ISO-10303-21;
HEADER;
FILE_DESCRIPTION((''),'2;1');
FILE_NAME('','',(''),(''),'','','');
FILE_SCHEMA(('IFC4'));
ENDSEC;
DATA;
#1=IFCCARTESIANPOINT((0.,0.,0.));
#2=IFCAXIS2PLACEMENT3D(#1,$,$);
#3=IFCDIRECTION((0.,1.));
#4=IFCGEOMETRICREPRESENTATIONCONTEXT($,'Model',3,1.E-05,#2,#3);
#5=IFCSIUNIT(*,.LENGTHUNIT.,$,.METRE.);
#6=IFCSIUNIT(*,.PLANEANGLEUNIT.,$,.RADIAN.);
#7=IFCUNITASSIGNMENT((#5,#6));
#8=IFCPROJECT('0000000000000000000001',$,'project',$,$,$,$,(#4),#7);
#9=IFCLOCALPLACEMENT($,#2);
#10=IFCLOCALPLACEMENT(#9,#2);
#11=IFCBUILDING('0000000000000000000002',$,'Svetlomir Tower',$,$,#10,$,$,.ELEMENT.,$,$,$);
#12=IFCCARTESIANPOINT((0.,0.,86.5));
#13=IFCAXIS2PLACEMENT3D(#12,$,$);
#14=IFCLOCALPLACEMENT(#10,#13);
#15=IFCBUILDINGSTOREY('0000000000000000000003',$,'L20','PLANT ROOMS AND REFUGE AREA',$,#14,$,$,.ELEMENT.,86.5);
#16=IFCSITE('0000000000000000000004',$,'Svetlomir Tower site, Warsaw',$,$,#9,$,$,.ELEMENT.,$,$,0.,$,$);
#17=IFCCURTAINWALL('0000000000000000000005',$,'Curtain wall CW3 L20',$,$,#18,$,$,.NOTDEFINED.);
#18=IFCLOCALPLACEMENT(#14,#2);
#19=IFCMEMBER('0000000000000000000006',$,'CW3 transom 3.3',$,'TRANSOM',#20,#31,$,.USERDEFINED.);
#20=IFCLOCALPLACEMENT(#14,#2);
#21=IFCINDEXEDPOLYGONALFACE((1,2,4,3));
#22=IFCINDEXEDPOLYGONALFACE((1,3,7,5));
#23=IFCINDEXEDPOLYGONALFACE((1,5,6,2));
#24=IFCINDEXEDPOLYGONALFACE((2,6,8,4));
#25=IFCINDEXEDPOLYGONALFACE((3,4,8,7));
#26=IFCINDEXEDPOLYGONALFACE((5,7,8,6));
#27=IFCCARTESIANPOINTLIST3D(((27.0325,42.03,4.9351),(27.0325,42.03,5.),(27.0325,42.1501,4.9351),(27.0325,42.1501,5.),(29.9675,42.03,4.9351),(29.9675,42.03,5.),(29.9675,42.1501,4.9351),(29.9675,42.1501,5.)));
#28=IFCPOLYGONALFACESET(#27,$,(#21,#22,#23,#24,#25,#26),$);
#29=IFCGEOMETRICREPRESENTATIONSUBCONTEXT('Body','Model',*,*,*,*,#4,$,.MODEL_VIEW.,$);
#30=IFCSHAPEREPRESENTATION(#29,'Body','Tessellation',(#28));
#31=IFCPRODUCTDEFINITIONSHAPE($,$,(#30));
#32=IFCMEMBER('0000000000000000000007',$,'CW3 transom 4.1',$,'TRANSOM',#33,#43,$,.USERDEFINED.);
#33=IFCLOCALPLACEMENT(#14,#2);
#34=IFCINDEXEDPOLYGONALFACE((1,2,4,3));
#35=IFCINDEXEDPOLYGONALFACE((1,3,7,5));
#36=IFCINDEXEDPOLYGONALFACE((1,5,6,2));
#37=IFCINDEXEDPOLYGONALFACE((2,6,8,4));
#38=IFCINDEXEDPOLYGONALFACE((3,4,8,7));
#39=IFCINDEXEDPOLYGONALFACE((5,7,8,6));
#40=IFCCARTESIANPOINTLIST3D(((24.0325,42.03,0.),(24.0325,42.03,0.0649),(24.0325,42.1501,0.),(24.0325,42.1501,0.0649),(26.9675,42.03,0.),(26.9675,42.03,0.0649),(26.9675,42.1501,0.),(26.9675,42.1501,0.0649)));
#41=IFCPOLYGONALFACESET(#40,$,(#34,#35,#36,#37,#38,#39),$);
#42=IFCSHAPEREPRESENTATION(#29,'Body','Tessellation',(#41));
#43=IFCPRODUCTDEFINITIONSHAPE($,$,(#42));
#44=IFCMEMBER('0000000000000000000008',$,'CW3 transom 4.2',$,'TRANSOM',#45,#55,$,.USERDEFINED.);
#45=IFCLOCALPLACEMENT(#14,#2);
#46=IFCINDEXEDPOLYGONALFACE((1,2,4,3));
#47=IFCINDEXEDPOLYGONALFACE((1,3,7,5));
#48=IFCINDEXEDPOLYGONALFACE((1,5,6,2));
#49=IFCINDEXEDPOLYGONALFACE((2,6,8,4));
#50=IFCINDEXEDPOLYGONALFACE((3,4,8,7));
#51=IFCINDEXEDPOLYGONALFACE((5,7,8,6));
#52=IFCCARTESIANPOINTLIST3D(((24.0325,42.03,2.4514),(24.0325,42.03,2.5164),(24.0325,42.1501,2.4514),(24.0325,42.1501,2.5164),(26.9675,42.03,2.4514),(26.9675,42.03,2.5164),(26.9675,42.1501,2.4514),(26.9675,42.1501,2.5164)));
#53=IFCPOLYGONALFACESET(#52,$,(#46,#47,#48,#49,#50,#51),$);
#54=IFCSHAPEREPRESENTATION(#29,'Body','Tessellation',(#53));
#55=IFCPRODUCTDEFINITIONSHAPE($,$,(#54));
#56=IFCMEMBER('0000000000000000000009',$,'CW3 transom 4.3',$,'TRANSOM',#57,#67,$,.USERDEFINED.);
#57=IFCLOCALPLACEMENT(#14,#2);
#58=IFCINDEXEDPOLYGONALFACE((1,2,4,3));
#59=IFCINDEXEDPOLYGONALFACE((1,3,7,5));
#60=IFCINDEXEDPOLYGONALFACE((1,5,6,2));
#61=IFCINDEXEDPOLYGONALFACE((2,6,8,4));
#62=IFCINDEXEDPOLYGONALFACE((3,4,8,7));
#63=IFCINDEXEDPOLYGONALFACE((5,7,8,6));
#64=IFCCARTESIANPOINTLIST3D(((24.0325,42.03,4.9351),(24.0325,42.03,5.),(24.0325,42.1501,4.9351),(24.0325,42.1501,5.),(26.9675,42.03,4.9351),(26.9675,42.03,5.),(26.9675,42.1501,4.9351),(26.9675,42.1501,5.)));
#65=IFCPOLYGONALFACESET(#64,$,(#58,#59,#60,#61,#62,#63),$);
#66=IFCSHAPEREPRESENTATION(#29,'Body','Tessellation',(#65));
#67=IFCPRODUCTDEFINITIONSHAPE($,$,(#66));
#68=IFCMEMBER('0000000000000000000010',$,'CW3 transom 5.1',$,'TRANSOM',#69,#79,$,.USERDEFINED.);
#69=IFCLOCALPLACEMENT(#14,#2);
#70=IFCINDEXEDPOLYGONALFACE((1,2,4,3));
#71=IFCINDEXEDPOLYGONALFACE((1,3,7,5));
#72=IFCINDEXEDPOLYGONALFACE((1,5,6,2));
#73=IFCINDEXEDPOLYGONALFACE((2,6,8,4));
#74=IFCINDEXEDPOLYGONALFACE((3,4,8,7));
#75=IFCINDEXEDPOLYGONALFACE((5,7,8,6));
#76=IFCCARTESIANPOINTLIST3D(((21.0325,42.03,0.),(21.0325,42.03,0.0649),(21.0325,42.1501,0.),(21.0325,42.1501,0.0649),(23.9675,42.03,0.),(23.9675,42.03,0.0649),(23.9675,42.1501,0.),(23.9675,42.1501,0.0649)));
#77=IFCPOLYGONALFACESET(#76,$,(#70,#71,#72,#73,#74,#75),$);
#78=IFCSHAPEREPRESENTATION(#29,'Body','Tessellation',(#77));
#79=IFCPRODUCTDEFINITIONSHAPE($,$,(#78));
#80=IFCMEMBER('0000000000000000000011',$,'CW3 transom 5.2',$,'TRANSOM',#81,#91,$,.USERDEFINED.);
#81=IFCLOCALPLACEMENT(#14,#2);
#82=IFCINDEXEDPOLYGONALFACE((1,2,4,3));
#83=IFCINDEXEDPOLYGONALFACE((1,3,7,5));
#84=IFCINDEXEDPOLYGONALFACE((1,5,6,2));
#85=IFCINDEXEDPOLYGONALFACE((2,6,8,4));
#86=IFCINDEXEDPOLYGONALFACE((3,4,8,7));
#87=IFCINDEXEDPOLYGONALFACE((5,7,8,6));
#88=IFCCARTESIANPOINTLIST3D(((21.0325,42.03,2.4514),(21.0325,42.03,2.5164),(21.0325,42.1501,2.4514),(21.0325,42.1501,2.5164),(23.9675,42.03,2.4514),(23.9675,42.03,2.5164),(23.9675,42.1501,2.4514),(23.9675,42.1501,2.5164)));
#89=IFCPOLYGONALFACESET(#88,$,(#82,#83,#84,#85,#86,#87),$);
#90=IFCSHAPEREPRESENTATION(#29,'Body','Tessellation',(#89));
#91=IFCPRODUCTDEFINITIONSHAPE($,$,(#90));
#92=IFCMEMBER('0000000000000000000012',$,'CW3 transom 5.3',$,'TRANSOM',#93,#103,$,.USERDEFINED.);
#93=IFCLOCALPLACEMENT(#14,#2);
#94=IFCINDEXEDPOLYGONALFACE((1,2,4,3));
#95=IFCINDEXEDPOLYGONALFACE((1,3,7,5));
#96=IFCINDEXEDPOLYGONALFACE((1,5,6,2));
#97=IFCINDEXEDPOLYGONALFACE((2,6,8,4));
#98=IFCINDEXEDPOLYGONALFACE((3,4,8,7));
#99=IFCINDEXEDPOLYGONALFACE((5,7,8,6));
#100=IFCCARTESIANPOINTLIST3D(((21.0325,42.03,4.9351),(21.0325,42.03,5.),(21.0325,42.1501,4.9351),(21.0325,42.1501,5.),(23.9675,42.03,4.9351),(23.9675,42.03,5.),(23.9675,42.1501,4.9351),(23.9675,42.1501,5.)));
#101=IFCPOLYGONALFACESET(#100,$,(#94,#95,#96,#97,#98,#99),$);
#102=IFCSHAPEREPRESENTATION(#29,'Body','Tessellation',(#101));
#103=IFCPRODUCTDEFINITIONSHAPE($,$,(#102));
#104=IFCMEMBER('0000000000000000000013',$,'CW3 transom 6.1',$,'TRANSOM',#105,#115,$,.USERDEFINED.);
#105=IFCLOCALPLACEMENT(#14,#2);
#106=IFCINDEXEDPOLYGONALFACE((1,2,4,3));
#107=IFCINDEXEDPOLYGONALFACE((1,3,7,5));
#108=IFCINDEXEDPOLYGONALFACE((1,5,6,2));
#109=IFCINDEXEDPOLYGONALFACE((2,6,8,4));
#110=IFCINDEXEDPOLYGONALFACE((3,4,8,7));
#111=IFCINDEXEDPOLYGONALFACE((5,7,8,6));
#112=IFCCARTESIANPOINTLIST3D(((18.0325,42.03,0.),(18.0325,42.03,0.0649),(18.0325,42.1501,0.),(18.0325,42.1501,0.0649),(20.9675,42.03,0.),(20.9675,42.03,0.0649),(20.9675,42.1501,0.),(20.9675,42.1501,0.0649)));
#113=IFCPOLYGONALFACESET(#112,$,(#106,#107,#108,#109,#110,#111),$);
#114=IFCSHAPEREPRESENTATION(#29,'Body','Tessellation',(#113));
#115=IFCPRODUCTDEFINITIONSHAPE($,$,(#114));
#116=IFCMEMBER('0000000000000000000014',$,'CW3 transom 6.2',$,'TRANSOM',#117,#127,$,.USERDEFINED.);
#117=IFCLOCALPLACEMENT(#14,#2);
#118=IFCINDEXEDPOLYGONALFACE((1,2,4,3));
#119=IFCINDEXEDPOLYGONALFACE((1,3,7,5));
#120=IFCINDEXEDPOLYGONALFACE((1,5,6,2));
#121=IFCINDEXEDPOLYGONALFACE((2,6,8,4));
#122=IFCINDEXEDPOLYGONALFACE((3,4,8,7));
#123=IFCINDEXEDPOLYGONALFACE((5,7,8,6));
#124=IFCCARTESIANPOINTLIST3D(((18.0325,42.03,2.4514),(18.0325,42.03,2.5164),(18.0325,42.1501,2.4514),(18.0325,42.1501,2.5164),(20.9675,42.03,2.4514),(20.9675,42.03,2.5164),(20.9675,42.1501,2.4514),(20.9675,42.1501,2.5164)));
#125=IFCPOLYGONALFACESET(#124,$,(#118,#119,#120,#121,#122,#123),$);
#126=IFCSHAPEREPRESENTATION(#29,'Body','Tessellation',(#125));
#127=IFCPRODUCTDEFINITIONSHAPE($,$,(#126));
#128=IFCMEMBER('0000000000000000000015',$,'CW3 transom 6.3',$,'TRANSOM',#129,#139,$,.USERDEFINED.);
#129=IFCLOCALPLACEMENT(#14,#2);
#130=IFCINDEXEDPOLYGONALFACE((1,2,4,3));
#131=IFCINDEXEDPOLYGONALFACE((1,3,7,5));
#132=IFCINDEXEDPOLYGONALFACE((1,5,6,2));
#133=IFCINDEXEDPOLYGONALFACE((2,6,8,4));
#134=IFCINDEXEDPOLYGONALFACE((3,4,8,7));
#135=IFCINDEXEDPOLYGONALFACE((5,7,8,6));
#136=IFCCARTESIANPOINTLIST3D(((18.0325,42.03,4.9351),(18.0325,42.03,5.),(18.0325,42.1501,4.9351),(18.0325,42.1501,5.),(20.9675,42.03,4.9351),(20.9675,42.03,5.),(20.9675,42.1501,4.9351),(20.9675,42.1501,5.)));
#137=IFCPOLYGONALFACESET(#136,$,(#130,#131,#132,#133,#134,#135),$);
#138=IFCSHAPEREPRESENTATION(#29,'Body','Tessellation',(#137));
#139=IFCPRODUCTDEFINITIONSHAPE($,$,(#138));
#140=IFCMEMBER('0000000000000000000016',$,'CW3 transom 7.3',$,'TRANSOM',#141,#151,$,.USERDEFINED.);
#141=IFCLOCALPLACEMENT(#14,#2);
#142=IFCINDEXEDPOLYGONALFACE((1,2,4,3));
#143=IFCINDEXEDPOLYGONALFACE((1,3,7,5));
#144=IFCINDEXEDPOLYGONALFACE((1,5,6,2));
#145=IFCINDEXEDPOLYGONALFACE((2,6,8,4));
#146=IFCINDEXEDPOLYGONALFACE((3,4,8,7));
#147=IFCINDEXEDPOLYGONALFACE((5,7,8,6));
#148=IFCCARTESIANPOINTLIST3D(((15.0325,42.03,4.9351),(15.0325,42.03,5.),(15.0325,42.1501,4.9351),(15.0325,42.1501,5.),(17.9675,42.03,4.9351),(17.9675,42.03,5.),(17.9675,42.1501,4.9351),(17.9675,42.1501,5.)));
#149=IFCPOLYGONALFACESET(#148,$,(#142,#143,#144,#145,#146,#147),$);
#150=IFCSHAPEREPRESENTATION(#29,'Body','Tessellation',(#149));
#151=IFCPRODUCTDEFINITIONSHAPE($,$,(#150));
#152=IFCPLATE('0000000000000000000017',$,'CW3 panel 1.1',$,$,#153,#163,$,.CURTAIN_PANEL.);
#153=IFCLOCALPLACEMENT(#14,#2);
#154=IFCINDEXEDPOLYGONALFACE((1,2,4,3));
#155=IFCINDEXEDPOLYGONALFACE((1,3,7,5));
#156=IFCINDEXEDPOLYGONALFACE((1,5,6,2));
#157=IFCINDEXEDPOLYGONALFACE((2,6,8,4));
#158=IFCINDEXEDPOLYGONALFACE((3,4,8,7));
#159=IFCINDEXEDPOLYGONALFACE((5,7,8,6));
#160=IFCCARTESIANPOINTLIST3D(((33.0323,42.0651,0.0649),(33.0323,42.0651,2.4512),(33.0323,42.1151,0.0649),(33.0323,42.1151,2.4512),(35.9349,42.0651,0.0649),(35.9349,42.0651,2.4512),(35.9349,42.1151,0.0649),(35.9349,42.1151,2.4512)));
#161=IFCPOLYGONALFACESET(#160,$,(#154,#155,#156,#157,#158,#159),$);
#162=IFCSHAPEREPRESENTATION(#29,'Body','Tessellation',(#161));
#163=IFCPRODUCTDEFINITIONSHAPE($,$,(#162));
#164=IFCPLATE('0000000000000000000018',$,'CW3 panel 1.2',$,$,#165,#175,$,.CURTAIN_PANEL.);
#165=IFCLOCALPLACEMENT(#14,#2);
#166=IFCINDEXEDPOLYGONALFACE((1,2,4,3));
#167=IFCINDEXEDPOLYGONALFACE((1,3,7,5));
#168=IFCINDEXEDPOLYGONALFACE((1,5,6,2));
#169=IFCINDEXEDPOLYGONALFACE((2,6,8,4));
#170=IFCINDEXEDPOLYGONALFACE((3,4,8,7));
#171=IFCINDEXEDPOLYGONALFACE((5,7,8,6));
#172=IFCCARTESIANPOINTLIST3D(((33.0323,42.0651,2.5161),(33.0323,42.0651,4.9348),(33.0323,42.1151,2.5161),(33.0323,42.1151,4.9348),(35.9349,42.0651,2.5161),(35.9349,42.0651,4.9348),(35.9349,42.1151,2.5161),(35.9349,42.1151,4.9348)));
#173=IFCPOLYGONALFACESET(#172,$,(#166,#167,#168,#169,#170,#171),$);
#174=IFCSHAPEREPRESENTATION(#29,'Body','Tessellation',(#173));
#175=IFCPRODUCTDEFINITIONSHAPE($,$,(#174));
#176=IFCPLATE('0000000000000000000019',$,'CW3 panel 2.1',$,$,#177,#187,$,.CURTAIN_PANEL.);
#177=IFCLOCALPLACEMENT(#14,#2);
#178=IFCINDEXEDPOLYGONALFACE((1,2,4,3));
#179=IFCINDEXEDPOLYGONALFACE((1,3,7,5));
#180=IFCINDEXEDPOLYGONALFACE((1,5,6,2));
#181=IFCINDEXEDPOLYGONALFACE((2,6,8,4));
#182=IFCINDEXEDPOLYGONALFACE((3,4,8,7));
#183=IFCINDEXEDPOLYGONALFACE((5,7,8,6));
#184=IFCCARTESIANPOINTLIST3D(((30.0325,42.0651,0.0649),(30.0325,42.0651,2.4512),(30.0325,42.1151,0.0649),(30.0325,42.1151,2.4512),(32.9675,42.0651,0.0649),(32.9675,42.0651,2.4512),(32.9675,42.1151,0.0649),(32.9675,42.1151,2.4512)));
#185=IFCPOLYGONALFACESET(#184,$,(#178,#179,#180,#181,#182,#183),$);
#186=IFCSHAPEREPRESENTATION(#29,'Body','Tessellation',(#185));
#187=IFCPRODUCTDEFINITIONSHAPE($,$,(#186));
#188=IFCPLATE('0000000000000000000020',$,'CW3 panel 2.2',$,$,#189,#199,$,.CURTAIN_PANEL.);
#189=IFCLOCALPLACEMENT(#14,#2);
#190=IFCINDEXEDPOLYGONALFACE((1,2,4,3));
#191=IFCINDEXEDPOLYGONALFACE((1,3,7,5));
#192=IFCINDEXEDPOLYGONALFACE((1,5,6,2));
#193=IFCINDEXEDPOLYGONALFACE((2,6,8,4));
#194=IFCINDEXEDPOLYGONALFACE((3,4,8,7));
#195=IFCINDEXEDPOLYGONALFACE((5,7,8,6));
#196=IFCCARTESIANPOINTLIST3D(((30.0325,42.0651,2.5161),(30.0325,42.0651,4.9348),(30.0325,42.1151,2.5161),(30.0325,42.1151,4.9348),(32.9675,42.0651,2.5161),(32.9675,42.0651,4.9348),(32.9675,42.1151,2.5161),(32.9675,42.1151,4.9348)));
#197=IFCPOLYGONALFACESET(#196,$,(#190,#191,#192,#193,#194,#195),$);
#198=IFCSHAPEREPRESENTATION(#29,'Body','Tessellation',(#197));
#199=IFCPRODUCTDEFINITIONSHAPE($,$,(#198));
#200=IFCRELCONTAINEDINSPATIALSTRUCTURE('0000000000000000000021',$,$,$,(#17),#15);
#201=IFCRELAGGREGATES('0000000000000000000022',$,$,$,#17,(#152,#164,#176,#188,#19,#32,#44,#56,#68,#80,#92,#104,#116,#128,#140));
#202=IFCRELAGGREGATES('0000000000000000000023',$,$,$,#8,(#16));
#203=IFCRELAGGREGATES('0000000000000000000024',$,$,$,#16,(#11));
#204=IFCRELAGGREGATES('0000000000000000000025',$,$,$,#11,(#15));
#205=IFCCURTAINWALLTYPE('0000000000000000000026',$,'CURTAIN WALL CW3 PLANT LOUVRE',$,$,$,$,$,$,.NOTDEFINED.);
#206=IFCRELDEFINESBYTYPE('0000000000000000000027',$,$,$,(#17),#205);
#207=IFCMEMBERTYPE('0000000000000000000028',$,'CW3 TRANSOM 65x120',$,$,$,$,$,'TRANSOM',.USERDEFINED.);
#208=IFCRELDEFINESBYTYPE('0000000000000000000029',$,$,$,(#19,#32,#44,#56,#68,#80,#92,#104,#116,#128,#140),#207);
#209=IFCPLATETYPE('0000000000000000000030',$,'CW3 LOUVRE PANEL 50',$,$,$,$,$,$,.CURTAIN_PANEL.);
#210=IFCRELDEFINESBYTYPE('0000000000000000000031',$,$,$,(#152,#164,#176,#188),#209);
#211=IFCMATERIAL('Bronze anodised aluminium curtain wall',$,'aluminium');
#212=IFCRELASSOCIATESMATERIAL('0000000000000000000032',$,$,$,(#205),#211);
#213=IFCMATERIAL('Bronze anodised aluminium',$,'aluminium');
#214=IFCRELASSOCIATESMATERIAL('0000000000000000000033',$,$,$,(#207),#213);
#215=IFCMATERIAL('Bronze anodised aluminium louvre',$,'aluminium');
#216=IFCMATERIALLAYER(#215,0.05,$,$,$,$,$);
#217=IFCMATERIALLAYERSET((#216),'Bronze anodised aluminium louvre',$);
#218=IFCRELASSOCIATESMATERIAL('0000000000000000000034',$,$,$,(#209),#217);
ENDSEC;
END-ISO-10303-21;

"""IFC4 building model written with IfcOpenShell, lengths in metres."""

from ifc_helpers import new_model, si_unit, direction, frame, origin, origin_2d, place, context, subcontext, project, spatial, rectangle, extrude, material, layer, layer_set, material_profile, profile_set, type_object, element, aggregate, save


model = new_model("IFC4")

# Units and contexts
model_context = context("Model", 3, precision=1e-05, world=origin(), true_north=direction((0.0, 1.0)))
body_context = subcontext(model_context, "Body", "Model", "MODEL_VIEW")
ifc_project = project(units=[si_unit("LENGTHUNIT", "METRE"), si_unit("PLANEANGLEUNIT", "RADIAN")], contexts=[model_context])

# Site, building, storey
site_placement = place(None, origin())
site = spatial("IfcSite", under=ifc_project, at=site_placement, Name="Svetlomir Tower site, Warsaw", CompositionType="ELEMENT", RefElevation=0.0)
building_placement = place(site_placement, origin())
building = spatial("IfcBuilding", under=site, at=building_placement, Name="Svetlomir Tower", CompositionType="ELEMENT")
storey_placement = place(building_placement, frame((0.0, 0.0, 86.5)))
storey = spatial("IfcBuildingStorey", under=building, at=storey_placement, Name="L20", Description="PLANT ROOMS AND REFUGE AREA", CompositionType="ELEMENT", Elevation=86.5)

# Curtain wall, members, plates
ifc_material_1 = material(Name="Bronze anodised aluminium curtain wall", Category="aluminium")
curtain_wall_type = type_object("IfcCurtainWallType", Name="CURTAIN WALL CW3 PLANT LOUVRE", PredefinedType="NOTDEFINED", material=ifc_material_1)
curtain_wall_placement = place(storey_placement, origin())
curtain_wall = element("IfcCurtainWall", 1, at=curtain_wall_placement, inside=storey, type_object=curtain_wall_type, Name="Curtain wall CW3 L20", PredefinedType="NOTDEFINED")
ifc_material_2 = material(Name="Bronze anodised aluminium", Category="aluminium")
ifc_material_profile_1 = material_profile(ifc_material_2, rectangle(XDim=0.1201, YDim=0.0649, at=origin_2d()), Name="AL 120x65")
ifc_profile_set_1 = profile_set([ifc_material_profile_1], Name="Bronze anodised aluminium 6063-T6")
member_type_1 = type_object("IfcMemberType", Name="CW3 TRANSOM 65x120", ElementType="TRANSOM", PredefinedType="USERDEFINED", material=ifc_profile_set_1)
member_1_placement = place(storey_placement, frame((29.9675, 42.0901, 4.9675), z_axis=(-1.0, 0.0, 0.0), x_axis=(0.0, -1.0, 0.0)))
member_1 = element("IfcMember", 2, at=member_1_placement, type_object=member_type_1, Name="CW3 transom 3.3", ObjectType="TRANSOM", PredefinedType="USERDEFINED", context=body_context, shape_type="SweptSolid", body=[
    extrude(rectangle(XDim=0.1201, YDim=0.0649, at=origin_2d()), origin(), (0.0, 0.0, 1.0), 2.9351),
])
member_2_placement = place(storey_placement, frame((26.9675, 42.0901, 0.0325), z_axis=(-1.0, 0.0, 0.0), x_axis=(0.0, -1.0, 0.0)))
member_2 = element("IfcMember", 3, at=member_2_placement, type_object=member_type_1, Name="CW3 transom 4.1", ObjectType="TRANSOM", PredefinedType="USERDEFINED", context=body_context, shape_type="SweptSolid", body=[
    extrude(rectangle(XDim=0.1201, YDim=0.0649, at=origin_2d()), origin(), (0.0, 0.0, 1.0), 2.9351),
])
member_3_placement = place(storey_placement, frame((26.9675, 42.0901, 2.4839), z_axis=(-1.0, 0.0, 0.0), x_axis=(0.0, -1.0, 0.0)))
member_3 = element("IfcMember", 4, at=member_3_placement, type_object=member_type_1, Name="CW3 transom 4.2", ObjectType="TRANSOM", PredefinedType="USERDEFINED", context=body_context, shape_type="SweptSolid", body=[
    extrude(rectangle(XDim=0.1201, YDim=0.0649, at=origin_2d()), origin(), (0.0, 0.0, 1.0), 2.9351),
])
member_4_placement = place(storey_placement, frame((26.9675, 42.0901, 4.9675), z_axis=(-1.0, 0.0, 0.0), x_axis=(0.0, -1.0, 0.0)))
member_4 = element("IfcMember", 5, at=member_4_placement, type_object=member_type_1, Name="CW3 transom 4.3", ObjectType="TRANSOM", PredefinedType="USERDEFINED", context=body_context, shape_type="SweptSolid", body=[
    extrude(rectangle(XDim=0.1201, YDim=0.0649, at=origin_2d()), origin(), (0.0, 0.0, 1.0), 2.9351),
])
member_5_placement = place(storey_placement, frame((23.9675, 42.0901, 0.0325), z_axis=(-1.0, 0.0, 0.0), x_axis=(0.0, -1.0, 0.0)))
member_5 = element("IfcMember", 6, at=member_5_placement, type_object=member_type_1, Name="CW3 transom 5.1", ObjectType="TRANSOM", PredefinedType="USERDEFINED", context=body_context, shape_type="SweptSolid", body=[
    extrude(rectangle(XDim=0.1201, YDim=0.0649, at=origin_2d()), origin(), (0.0, 0.0, 1.0), 2.9351),
])
member_6_placement = place(storey_placement, frame((23.9675, 42.0901, 2.4839), z_axis=(-1.0, 0.0, 0.0), x_axis=(0.0, -1.0, 0.0)))
member_6 = element("IfcMember", 7, at=member_6_placement, type_object=member_type_1, Name="CW3 transom 5.2", ObjectType="TRANSOM", PredefinedType="USERDEFINED", context=body_context, shape_type="SweptSolid", body=[
    extrude(rectangle(XDim=0.1201, YDim=0.0649, at=origin_2d()), origin(), (0.0, 0.0, 1.0), 2.9351),
])
member_7_placement = place(storey_placement, frame((23.9675, 42.0901, 4.9675), z_axis=(-1.0, 0.0, 0.0), x_axis=(0.0, -1.0, 0.0)))
member_7 = element("IfcMember", 8, at=member_7_placement, type_object=member_type_1, Name="CW3 transom 5.3", ObjectType="TRANSOM", PredefinedType="USERDEFINED", context=body_context, shape_type="SweptSolid", body=[
    extrude(rectangle(XDim=0.1201, YDim=0.0649, at=origin_2d()), origin(), (0.0, 0.0, 1.0), 2.9351),
])
member_8_placement = place(storey_placement, frame((20.9675, 42.0901, 0.0325), z_axis=(-1.0, 0.0, 0.0), x_axis=(0.0, -1.0, 0.0)))
member_8 = element("IfcMember", 9, at=member_8_placement, type_object=member_type_1, Name="CW3 transom 6.1", ObjectType="TRANSOM", PredefinedType="USERDEFINED", context=body_context, shape_type="SweptSolid", body=[
    extrude(rectangle(XDim=0.1201, YDim=0.0649, at=origin_2d()), origin(), (0.0, 0.0, 1.0), 2.9351),
])
member_9_placement = place(storey_placement, frame((20.9675, 42.0901, 2.4839), z_axis=(-1.0, 0.0, 0.0), x_axis=(0.0, -1.0, 0.0)))
member_9 = element("IfcMember", 10, at=member_9_placement, type_object=member_type_1, Name="CW3 transom 6.2", ObjectType="TRANSOM", PredefinedType="USERDEFINED", context=body_context, shape_type="SweptSolid", body=[
    extrude(rectangle(XDim=0.1201, YDim=0.0649, at=origin_2d()), origin(), (0.0, 0.0, 1.0), 2.9351),
])
member_10_placement = place(storey_placement, frame((20.9675, 42.0901, 4.9675), z_axis=(-1.0, 0.0, 0.0), x_axis=(0.0, -1.0, 0.0)))
member_10 = element("IfcMember", 11, at=member_10_placement, type_object=member_type_1, Name="CW3 transom 6.3", ObjectType="TRANSOM", PredefinedType="USERDEFINED", context=body_context, shape_type="SweptSolid", body=[
    extrude(rectangle(XDim=0.1201, YDim=0.0649, at=origin_2d()), origin(), (0.0, 0.0, 1.0), 2.9351),
])
member_11_placement = place(storey_placement, frame((17.9675, 42.0901, 4.9675), z_axis=(-1.0, 0.0, 0.0), x_axis=(0.0, -1.0, 0.0)))
member_11 = element("IfcMember", 12, at=member_11_placement, type_object=member_type_1, Name="CW3 transom 7.3", ObjectType="TRANSOM", PredefinedType="USERDEFINED", context=body_context, shape_type="SweptSolid", body=[
    extrude(rectangle(XDim=0.1201, YDim=0.0649, at=origin_2d()), origin(), (0.0, 0.0, 1.0), 2.9351),
])
ifc_material_3 = material(Name="Bronze anodised aluminium louvre", Category="aluminium")
ifc_layer = layer(ifc_material_3, 0.05)
ifc_layer_set = layer_set([ifc_layer], Name="Bronze anodised aluminium louvre")
plate_type = type_object("IfcPlateType", Name="CW3 LOUVRE PANEL 50", PredefinedType="CURTAIN_PANEL", material=ifc_layer_set)
plate_1_placement = place(storey_placement, frame((34.4836, 42.0901, 0.0649), z_axis=(0.0, 0.0, 1.0), x_axis=(-1.0, 0.0, 0.0)))
plate_1 = element("IfcPlate", 13, at=plate_1_placement, type_object=plate_type, Name="CW3 panel 1.1", PredefinedType="CURTAIN_PANEL", context=body_context, shape_type="SweptSolid", body=[
    extrude(rectangle(XDim=2.9026, YDim=0.05, at=origin_2d()), origin(), (0.0, 0.0, 1.0), 2.3862),
])
plate_2_placement = place(storey_placement, frame((34.4836, 42.0901, 2.5161), z_axis=(0.0, 0.0, 1.0), x_axis=(-1.0, 0.0, 0.0)))
plate_2 = element("IfcPlate", 14, at=plate_2_placement, type_object=plate_type, Name="CW3 panel 1.2", PredefinedType="CURTAIN_PANEL", context=body_context, shape_type="SweptSolid", body=[
    extrude(rectangle(XDim=2.9026, YDim=0.05, at=origin_2d()), origin(), (0.0, 0.0, 1.0), 2.4187),
])
plate_3_placement = place(storey_placement, frame((31.5, 42.0901, 0.0649), z_axis=(0.0, 0.0, 1.0), x_axis=(-1.0, 0.0, 0.0)))
plate_3 = element("IfcPlate", 15, at=plate_3_placement, type_object=plate_type, Name="CW3 panel 2.1", PredefinedType="CURTAIN_PANEL", context=body_context, shape_type="SweptSolid", body=[
    extrude(rectangle(XDim=2.9351, YDim=0.05, at=origin_2d()), origin(), (0.0, 0.0, 1.0), 2.3862),
])
plate_4_placement = place(storey_placement, frame((31.5, 42.0901, 2.5161), z_axis=(0.0, 0.0, 1.0), x_axis=(-1.0, 0.0, 0.0)))
plate_4 = element("IfcPlate", 16, at=plate_4_placement, type_object=plate_type, Name="CW3 panel 2.2", PredefinedType="CURTAIN_PANEL", context=body_context, shape_type="SweptSolid", body=[
    extrude(rectangle(XDim=2.9351, YDim=0.05, at=origin_2d()), origin(), (0.0, 0.0, 1.0), 2.4187),
])
aggregate(curtain_wall, [plate_1, plate_2, plate_3, plate_4, member_1, member_2, member_3, member_4, member_5, member_6, member_7, member_8, member_9, member_10, member_11])

save(model, "model.ifc")
